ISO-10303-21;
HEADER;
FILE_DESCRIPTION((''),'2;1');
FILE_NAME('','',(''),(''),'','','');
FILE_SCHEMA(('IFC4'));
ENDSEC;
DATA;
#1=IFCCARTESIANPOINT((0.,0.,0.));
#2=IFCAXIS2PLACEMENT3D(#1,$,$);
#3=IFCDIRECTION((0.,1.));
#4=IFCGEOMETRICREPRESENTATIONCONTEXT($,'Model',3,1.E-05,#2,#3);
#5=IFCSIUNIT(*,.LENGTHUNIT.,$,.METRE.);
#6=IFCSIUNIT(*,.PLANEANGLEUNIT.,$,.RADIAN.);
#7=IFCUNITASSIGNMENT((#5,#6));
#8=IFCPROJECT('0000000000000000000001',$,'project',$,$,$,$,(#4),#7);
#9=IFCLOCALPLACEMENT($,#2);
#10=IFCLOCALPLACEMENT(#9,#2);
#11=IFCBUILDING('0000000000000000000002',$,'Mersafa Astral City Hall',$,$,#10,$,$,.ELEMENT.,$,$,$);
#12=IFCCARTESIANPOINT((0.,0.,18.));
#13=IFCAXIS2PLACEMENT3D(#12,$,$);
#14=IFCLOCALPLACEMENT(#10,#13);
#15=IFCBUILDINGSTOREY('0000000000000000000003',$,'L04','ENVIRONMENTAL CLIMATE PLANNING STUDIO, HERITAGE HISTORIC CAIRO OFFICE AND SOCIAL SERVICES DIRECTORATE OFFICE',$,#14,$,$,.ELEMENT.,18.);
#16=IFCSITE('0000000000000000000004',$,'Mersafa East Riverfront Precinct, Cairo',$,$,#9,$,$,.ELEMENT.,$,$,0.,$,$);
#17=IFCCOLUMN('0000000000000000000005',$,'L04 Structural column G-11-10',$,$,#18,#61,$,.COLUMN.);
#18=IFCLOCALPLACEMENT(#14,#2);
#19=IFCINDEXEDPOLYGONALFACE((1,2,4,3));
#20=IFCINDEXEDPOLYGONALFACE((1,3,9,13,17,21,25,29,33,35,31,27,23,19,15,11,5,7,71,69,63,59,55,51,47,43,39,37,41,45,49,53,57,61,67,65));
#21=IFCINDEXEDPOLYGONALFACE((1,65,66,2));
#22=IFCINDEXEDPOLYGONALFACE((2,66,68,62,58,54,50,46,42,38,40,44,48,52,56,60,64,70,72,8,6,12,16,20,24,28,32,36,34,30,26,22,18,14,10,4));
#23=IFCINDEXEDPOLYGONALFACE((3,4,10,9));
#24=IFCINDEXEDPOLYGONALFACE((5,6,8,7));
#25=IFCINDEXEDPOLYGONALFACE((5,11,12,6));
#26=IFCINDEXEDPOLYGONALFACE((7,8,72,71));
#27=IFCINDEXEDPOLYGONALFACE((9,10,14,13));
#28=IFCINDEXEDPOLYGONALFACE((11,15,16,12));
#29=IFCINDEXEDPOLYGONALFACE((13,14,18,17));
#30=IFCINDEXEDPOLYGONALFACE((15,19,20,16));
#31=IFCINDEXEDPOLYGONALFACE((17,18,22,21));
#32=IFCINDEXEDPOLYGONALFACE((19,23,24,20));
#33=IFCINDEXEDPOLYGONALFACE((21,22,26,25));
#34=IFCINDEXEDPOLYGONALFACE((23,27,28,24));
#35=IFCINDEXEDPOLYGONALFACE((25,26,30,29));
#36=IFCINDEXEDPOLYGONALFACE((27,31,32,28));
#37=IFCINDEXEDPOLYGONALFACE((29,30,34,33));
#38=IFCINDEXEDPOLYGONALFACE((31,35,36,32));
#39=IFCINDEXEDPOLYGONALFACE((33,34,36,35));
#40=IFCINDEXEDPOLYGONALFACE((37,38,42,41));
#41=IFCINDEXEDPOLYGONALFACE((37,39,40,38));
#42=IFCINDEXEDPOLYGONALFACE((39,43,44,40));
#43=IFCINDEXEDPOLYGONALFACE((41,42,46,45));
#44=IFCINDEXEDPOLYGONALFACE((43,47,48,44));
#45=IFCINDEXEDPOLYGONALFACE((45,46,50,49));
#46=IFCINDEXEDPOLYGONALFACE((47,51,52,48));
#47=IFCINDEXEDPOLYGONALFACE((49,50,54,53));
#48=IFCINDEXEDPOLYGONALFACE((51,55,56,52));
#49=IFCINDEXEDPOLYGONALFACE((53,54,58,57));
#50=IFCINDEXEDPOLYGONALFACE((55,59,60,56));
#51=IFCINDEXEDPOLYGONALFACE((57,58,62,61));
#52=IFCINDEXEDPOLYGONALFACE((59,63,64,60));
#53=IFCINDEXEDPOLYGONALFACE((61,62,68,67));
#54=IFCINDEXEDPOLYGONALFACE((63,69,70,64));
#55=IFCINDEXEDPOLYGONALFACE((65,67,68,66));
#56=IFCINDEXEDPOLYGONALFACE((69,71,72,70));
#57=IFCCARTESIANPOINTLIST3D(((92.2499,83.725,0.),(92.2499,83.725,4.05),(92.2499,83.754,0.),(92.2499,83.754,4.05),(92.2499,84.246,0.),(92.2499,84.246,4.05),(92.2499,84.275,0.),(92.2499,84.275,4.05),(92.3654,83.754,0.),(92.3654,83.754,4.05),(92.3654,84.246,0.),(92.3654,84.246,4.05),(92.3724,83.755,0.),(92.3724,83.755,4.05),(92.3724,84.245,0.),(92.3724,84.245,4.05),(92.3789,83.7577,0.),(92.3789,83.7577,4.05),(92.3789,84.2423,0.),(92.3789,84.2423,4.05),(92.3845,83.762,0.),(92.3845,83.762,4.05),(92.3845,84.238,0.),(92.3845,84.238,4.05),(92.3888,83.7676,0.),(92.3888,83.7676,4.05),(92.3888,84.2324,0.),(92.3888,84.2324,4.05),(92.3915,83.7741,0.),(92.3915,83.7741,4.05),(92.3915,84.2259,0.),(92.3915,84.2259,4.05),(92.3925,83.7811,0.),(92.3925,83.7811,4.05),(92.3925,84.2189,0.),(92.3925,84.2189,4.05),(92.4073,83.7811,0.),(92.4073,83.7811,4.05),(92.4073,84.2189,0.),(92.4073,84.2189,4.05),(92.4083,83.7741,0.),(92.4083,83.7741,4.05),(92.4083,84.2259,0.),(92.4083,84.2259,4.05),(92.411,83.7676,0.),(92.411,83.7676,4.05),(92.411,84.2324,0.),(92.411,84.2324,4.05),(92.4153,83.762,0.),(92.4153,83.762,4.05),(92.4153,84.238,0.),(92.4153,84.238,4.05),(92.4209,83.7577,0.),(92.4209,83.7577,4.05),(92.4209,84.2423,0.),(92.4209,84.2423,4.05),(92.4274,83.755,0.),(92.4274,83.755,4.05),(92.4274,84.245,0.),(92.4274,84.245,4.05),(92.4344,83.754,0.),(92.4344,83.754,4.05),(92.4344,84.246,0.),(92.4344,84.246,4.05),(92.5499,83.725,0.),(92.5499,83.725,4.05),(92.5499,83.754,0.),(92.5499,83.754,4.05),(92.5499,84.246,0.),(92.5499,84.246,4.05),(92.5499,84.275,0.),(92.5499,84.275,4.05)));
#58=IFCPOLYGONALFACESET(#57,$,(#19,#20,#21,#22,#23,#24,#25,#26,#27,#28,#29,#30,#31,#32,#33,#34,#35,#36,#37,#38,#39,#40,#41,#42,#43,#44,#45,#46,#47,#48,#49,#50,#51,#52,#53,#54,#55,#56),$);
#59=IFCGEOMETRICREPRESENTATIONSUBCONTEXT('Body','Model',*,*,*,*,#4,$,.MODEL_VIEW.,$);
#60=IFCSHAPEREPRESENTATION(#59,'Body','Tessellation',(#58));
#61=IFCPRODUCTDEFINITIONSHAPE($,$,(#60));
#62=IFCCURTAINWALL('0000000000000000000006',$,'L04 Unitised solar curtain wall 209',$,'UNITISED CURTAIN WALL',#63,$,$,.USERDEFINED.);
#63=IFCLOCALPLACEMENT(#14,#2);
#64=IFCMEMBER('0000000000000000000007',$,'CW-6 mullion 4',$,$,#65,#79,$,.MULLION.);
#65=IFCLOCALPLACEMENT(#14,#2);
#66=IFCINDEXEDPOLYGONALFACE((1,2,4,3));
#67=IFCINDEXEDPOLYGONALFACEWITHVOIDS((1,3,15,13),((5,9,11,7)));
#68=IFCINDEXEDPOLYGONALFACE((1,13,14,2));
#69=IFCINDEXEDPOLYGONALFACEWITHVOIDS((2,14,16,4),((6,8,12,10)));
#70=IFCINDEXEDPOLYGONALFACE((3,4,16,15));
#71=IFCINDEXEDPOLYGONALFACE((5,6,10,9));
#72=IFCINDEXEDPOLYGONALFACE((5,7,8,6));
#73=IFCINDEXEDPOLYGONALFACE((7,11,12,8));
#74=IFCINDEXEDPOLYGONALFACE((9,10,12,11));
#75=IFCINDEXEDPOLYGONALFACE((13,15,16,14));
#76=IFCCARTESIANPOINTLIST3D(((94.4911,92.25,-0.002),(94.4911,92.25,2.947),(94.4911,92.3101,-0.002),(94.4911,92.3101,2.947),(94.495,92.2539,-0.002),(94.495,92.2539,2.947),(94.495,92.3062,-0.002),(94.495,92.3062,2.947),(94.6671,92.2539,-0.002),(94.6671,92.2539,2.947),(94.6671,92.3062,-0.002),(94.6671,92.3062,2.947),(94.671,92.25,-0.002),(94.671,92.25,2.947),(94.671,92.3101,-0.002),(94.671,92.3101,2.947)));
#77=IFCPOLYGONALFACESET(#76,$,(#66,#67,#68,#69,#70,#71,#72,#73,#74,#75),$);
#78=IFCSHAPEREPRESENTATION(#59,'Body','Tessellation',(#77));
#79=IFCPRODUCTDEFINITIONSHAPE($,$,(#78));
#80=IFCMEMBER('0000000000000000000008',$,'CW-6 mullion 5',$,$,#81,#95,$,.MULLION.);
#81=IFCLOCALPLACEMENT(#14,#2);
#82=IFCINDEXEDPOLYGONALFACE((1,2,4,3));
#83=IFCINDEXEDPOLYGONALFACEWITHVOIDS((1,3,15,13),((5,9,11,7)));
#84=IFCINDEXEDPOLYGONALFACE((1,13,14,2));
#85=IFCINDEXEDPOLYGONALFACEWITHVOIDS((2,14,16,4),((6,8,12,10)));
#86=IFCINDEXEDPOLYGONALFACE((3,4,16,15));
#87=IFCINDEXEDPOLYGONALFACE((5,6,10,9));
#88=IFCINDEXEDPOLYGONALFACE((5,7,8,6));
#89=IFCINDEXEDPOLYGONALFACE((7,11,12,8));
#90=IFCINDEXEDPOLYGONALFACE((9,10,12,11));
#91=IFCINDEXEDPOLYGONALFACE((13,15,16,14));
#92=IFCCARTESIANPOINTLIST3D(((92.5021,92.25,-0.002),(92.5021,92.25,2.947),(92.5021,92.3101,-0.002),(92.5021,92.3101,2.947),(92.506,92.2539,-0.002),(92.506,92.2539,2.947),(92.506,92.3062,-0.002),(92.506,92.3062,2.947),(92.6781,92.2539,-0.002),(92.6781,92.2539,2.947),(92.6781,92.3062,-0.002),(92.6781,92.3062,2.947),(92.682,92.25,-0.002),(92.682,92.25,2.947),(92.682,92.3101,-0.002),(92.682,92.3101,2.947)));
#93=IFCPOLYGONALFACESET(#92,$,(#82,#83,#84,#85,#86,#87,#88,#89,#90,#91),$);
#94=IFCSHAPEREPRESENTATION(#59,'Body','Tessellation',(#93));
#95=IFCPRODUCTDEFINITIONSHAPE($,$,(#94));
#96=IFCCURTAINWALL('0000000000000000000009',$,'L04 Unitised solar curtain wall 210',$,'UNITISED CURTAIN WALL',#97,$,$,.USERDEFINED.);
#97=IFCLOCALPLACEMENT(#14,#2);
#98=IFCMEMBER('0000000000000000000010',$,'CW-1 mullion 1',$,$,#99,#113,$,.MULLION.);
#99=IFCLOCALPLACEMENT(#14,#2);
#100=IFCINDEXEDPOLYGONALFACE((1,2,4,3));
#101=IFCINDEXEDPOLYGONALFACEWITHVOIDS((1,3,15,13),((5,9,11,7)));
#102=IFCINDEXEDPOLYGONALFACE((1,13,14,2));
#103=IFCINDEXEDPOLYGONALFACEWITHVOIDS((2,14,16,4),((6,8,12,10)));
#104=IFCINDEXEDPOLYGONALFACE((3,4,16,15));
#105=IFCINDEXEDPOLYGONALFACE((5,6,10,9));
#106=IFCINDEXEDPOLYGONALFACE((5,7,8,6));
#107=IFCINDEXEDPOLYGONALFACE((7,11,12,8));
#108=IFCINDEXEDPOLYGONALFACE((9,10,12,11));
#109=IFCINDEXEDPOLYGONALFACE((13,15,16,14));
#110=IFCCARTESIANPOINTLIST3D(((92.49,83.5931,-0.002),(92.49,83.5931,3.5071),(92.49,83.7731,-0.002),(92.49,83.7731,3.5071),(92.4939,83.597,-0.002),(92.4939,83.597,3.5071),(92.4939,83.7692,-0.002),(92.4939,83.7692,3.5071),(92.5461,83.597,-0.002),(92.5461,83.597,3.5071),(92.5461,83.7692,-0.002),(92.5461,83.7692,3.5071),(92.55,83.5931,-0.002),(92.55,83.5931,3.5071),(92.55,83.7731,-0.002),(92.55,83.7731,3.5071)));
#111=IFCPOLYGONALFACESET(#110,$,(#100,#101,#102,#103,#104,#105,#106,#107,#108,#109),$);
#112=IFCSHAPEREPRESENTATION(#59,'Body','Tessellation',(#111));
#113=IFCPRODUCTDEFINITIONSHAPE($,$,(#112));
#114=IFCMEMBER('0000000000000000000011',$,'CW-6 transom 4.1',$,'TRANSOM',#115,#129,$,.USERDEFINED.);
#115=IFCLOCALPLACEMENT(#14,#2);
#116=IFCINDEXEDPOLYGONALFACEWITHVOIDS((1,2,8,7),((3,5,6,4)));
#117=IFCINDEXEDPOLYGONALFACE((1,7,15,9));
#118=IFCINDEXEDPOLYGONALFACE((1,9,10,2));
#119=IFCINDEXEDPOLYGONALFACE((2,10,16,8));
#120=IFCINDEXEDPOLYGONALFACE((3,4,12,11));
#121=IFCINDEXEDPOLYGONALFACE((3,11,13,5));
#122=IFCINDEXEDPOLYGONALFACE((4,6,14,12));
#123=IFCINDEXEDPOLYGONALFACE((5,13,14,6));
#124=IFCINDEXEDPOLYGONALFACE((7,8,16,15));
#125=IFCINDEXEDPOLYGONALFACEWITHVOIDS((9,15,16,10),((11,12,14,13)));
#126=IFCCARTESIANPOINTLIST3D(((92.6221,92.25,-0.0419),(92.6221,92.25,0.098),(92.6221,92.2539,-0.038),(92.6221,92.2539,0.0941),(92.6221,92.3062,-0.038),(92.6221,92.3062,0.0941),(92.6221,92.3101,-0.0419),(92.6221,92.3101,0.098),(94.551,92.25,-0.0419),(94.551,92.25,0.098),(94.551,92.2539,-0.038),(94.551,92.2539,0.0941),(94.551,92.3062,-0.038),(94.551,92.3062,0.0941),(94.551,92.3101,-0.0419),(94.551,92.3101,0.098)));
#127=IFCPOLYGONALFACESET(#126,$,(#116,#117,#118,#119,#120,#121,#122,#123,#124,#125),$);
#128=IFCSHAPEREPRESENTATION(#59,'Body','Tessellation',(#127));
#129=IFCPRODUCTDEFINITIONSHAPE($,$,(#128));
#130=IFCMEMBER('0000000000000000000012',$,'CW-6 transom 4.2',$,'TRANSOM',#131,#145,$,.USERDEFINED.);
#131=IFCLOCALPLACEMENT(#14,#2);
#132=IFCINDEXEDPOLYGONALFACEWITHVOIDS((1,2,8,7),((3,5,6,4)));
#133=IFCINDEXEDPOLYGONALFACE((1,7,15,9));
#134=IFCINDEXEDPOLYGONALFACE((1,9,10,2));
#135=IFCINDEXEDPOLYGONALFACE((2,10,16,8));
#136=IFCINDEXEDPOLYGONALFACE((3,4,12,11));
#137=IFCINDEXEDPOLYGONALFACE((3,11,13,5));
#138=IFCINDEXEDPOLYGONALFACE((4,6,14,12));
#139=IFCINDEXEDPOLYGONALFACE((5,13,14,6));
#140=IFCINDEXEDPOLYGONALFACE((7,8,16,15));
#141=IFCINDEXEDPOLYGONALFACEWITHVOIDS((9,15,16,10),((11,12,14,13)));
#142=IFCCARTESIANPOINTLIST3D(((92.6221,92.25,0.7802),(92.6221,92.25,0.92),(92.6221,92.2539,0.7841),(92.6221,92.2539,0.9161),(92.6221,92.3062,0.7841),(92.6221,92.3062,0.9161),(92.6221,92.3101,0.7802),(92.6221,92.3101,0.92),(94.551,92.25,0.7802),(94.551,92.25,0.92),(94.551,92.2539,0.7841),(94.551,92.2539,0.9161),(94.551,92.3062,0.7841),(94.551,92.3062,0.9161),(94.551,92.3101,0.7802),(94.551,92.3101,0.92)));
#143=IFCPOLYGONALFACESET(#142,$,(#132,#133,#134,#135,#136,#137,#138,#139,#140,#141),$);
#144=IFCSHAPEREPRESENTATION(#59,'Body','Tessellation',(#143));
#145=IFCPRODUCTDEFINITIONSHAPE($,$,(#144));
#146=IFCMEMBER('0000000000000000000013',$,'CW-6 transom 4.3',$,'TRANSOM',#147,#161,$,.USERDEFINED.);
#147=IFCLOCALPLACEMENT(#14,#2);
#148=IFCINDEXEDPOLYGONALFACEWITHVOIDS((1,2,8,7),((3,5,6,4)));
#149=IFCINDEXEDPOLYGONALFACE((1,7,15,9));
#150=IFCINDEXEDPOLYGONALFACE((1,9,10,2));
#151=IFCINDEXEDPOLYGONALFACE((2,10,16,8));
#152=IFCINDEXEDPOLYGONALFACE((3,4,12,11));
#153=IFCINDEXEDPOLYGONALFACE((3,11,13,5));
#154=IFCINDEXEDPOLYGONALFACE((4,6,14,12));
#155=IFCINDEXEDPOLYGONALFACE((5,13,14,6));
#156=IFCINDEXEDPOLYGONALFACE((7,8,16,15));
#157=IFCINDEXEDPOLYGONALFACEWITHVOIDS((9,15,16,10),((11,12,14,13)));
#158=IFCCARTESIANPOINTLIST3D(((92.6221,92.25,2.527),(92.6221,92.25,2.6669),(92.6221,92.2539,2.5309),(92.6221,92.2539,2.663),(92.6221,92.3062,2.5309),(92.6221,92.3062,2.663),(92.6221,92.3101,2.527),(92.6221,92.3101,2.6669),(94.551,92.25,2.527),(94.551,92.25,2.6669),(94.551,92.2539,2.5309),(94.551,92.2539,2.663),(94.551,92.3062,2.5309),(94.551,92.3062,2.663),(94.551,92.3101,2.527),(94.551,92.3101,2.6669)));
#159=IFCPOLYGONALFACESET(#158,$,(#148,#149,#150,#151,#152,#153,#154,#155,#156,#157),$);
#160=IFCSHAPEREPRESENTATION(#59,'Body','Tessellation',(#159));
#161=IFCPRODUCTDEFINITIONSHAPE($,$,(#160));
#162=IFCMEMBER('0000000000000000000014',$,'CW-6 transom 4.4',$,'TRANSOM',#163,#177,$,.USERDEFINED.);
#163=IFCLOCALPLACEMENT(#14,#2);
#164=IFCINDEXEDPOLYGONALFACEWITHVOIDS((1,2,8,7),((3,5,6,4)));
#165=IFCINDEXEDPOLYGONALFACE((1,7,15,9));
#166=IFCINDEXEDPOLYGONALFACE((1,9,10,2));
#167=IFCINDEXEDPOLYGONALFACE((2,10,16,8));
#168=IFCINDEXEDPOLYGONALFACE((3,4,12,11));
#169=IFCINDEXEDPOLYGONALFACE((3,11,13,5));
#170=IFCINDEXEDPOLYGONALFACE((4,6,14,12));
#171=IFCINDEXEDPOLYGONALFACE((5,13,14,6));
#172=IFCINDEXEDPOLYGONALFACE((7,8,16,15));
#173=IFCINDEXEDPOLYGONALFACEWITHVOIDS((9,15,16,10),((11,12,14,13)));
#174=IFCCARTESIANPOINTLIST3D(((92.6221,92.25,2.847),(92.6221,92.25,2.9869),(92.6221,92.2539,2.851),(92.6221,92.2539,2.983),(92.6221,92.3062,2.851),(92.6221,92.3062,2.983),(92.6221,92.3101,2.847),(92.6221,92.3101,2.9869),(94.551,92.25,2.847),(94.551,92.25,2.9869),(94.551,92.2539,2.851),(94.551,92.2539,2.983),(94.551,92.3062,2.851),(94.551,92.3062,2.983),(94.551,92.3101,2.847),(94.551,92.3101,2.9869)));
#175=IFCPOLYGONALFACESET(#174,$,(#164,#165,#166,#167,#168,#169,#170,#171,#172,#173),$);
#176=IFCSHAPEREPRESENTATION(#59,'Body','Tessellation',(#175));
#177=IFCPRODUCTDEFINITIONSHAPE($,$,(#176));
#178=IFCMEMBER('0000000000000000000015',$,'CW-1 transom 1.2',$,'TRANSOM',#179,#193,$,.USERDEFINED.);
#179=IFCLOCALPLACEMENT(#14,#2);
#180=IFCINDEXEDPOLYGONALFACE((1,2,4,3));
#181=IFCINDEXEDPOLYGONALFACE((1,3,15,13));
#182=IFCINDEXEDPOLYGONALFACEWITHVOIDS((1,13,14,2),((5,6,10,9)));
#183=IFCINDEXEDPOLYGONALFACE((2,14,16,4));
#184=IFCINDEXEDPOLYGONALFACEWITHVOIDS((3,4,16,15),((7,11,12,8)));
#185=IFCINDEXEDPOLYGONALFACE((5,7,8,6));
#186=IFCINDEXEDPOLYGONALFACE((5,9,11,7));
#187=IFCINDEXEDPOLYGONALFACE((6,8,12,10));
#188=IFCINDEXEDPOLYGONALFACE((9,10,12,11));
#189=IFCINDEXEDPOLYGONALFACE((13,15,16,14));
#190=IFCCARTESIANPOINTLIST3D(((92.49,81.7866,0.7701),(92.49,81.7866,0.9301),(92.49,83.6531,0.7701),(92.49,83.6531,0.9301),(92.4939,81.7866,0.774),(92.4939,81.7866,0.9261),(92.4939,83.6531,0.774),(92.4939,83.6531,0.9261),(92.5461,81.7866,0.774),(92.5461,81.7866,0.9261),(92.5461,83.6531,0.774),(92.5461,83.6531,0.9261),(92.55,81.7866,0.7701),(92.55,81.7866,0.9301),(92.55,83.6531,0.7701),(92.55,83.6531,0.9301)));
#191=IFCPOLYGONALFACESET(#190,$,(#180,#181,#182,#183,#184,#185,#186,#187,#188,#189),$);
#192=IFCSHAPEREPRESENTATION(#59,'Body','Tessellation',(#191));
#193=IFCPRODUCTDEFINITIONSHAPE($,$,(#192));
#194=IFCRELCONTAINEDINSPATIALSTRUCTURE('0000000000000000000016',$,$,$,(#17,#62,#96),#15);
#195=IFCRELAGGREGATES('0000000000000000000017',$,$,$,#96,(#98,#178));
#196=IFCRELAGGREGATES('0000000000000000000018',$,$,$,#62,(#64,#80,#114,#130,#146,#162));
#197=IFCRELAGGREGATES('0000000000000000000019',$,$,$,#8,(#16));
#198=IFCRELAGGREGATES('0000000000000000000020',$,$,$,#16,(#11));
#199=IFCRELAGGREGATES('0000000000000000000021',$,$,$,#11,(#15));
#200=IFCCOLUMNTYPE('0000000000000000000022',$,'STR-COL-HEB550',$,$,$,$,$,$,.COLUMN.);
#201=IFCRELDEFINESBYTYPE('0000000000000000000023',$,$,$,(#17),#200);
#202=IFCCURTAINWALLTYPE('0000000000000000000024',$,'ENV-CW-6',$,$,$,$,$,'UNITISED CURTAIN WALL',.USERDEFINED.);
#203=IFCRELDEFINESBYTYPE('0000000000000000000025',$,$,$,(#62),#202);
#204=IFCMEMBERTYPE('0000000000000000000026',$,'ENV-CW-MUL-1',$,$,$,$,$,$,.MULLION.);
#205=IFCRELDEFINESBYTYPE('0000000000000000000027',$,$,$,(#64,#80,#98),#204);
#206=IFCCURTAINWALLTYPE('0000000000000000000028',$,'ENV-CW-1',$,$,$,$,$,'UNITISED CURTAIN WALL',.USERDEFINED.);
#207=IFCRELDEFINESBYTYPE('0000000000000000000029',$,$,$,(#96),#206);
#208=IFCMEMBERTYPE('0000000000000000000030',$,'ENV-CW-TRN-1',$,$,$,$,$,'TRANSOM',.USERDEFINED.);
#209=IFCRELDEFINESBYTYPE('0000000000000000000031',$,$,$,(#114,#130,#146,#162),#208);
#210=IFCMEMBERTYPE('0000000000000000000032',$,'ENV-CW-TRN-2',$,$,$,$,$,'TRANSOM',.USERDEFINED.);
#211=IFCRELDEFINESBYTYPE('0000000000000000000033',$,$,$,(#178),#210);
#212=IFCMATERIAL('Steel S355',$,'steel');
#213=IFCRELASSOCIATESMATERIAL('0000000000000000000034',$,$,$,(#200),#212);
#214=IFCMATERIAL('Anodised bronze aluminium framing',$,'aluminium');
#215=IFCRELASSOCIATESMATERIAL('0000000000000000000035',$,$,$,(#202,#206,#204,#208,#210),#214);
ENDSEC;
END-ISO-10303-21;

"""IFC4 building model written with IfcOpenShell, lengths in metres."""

from ifc_helpers import new_model, si_unit, direction, frame, origin, origin_2d, place, context, subcontext, project, spatial, hollow_rectangle, i_section, extrude, material, material_profile, profile_set, type_object, element, aggregate, save


model = new_model("IFC4")

# Units and contexts
model_context = context("Model", 3, precision=1e-05, world=origin(), true_north=direction((0.0, 1.0)))
body_context = subcontext(model_context, "Body", "Model", "MODEL_VIEW")
ifc_project = project(units=[si_unit("LENGTHUNIT", "METRE"), si_unit("PLANEANGLEUNIT", "RADIAN")], contexts=[model_context])

# Site, building, storey
site_placement = place(None, origin())
site = spatial("IfcSite", under=ifc_project, at=site_placement, Name="Mersafa East Riverfront Precinct, Cairo", CompositionType="ELEMENT", RefElevation=0.0)
building_placement = place(site_placement, origin())
building = spatial("IfcBuilding", under=site, at=building_placement, Name="Mersafa Astral City Hall", CompositionType="ELEMENT")
storey_placement = place(building_placement, frame((0.0, 0.0, 18.0)))
storey = spatial("IfcBuildingStorey", under=building, at=storey_placement, Name="L04", Description="ENVIRONMENTAL CLIMATE PLANNING STUDIO, HERITAGE HISTORIC CAIRO OFFICE AND SOCIAL SERVICES DIRECTORATE OFFICE", CompositionType="ELEMENT", Elevation=18.0)

# Column
ifc_material_1 = material(Name="Steel S355", Category="steel")
ifc_material_profile_1 = material_profile(ifc_material_1, i_section(OverallWidth=0.3, OverallDepth=0.55, WebThickness=0.0149, FlangeThickness=0.0291, FilletRadius=0.0271, at=origin_2d()), Name="HEB 550")
ifc_profile_set_1 = profile_set([ifc_material_profile_1], Name="Steel S355")
column_type = type_object("IfcColumnType", Name="STR-COL-HEB550", PredefinedType="COLUMN", material=ifc_profile_set_1)
column_placement = place(storey_placement, frame((92.3999, 84.0, 0.0), z_axis=(0.0, 0.0, 1.0), x_axis=(1.0, 0.0, 0.0)))
element("IfcColumn", 1, at=column_placement, inside=storey, type_object=column_type, Name="L04 Structural column G-11-10", PredefinedType="COLUMN", context=body_context, shape_type="SweptSolid", body=[
    extrude(i_section(OverallWidth=0.3, OverallDepth=0.55, WebThickness=0.0149, FlangeThickness=0.0291, FilletRadius=0.0271, at=origin_2d()), origin(), (0.0, 0.0, 1.0), 4.05),
])

# Curtain wall, members
ifc_material_2 = material(Name="Anodised bronze aluminium framing", Category="aluminium")
curtain_wall_type_1 = type_object("IfcCurtainWallType", Name="ENV-CW-6", ElementType="UNITISED CURTAIN WALL", PredefinedType="USERDEFINED", material=ifc_material_2)
curtain_wall_1_placement = place(storey_placement, origin())
curtain_wall_1 = element("IfcCurtainWall", 2, at=curtain_wall_1_placement, inside=storey, type_object=curtain_wall_type_1, Name="L04 Unitised solar curtain wall 209", ObjectType="UNITISED CURTAIN WALL", PredefinedType="USERDEFINED")
ifc_material_profile_2 = material_profile(ifc_material_2, hollow_rectangle(XDim=0.0601, YDim=0.1799, WallThickness=0.0039, at=origin_2d()), Name="RHS 60x180x4")
ifc_profile_set_2 = profile_set([ifc_material_profile_2], Name="Anodised bronze aluminium framing")
member_type_1 = type_object("IfcMemberType", Name="ENV-CW-MUL-1", PredefinedType="MULLION", material=ifc_profile_set_2)
member_1_placement = place(storey_placement, frame((94.5811, 92.28, -0.002), z_axis=(0.0, 0.0, 1.0), x_axis=(0.0, -1.0, 0.0)))
member_1 = element("IfcMember", 3, at=member_1_placement, type_object=member_type_1, Name="CW-6 mullion 4", PredefinedType="MULLION", context=body_context, shape_type="SweptSolid", body=[
    extrude(hollow_rectangle(XDim=0.0601, YDim=0.1799, WallThickness=0.0039, at=origin_2d()), origin(), (0.0, 0.0, 1.0), 2.949),
])
member_2_placement = place(storey_placement, frame((92.592, 92.28, -0.002), z_axis=(0.0, 0.0, 1.0), x_axis=(0.0, -1.0, 0.0)))
member_2 = element("IfcMember", 4, at=member_2_placement, type_object=member_type_1, Name="CW-6 mullion 5", PredefinedType="MULLION", context=body_context, shape_type="SweptSolid", body=[
    extrude(hollow_rectangle(XDim=0.0601, YDim=0.1799, WallThickness=0.0039, at=origin_2d()), origin(), (0.0, 0.0, 1.0), 2.949),
])

# Curtain wall, member
curtain_wall_type_2 = type_object("IfcCurtainWallType", Name="ENV-CW-1", ElementType="UNITISED CURTAIN WALL", PredefinedType="USERDEFINED", material=ifc_material_2)
curtain_wall_2_placement = place(storey_placement, origin())
curtain_wall_2 = element("IfcCurtainWall", 5, at=curtain_wall_2_placement, inside=storey, type_object=curtain_wall_type_2, Name="L04 Unitised solar curtain wall 210", ObjectType="UNITISED CURTAIN WALL", PredefinedType="USERDEFINED")
member_3_placement = place(storey_placement, frame((92.52, 83.6831, -0.002), z_axis=(0.0, 0.0, 1.0), x_axis=(1.0, 0.0, 0.0)))
member_3 = element("IfcMember", 6, at=member_3_placement, type_object=member_type_1, Name="CW-1 mullion 1", PredefinedType="MULLION", context=body_context, shape_type="SweptSolid", body=[
    extrude(hollow_rectangle(XDim=0.0601, YDim=0.1799, WallThickness=0.0039, at=origin_2d()), origin(), (0.0, 0.0, 1.0), 3.509),
])

# Members
ifc_material_profile_3 = material_profile(ifc_material_2, hollow_rectangle(XDim=0.0601, YDim=0.1399, WallThickness=0.0039, at=origin_2d()), Name="RHS 60x140x4")
ifc_profile_set_3 = profile_set([ifc_material_profile_3], Name="Anodised bronze aluminium framing")
member_type_2 = type_object("IfcMemberType", Name="ENV-CW-TRN-1", ElementType="TRANSOM", PredefinedType="USERDEFINED", material=ifc_profile_set_3)
member_4_placement = place(storey_placement, frame((94.551, 92.28, 0.0281), z_axis=(-1.0, 0.0, 0.0), x_axis=(0.0, -1.0, 0.0)))
member_4 = element("IfcMember", 7, at=member_4_placement, type_object=member_type_2, Name="CW-6 transom 4.1", ObjectType="TRANSOM", PredefinedType="USERDEFINED", context=body_context, shape_type="SweptSolid", body=[
    extrude(hollow_rectangle(XDim=0.0601, YDim=0.1399, WallThickness=0.0039, at=origin_2d()), origin(), (0.0, 0.0, 1.0), 1.929),
])
member_5_placement = place(storey_placement, frame((94.551, 92.28, 0.8501), z_axis=(-1.0, 0.0, 0.0), x_axis=(0.0, -1.0, 0.0)))
member_5 = element("IfcMember", 8, at=member_5_placement, type_object=member_type_2, Name="CW-6 transom 4.2", ObjectType="TRANSOM", PredefinedType="USERDEFINED", context=body_context, shape_type="SweptSolid", body=[
    extrude(hollow_rectangle(XDim=0.0601, YDim=0.1399, WallThickness=0.0039, at=origin_2d()), origin(), (0.0, 0.0, 1.0), 1.929),
])
member_6_placement = place(storey_placement, frame((94.551, 92.28, 2.5969), z_axis=(-1.0, 0.0, 0.0), x_axis=(0.0, -1.0, 0.0)))
member_6 = element("IfcMember", 9, at=member_6_placement, type_object=member_type_2, Name="CW-6 transom 4.3", ObjectType="TRANSOM", PredefinedType="USERDEFINED", context=body_context, shape_type="SweptSolid", body=[
    extrude(hollow_rectangle(XDim=0.0601, YDim=0.1399, WallThickness=0.0039, at=origin_2d()), origin(), (0.0, 0.0, 1.0), 1.929),
])
member_7_placement = place(storey_placement, frame((94.551, 92.28, 2.917), z_axis=(-1.0, 0.0, 0.0), x_axis=(0.0, -1.0, 0.0)))
member_7 = element("IfcMember", 10, at=member_7_placement, type_object=member_type_2, Name="CW-6 transom 4.4", ObjectType="TRANSOM", PredefinedType="USERDEFINED", context=body_context, shape_type="SweptSolid", body=[
    extrude(hollow_rectangle(XDim=0.0601, YDim=0.1399, WallThickness=0.0039, at=origin_2d()), origin(), (0.0, 0.0, 1.0), 1.929),
])
ifc_material_profile_4 = material_profile(ifc_material_2, hollow_rectangle(XDim=0.0601, YDim=0.1599, WallThickness=0.0039, at=origin_2d()), Name="RHS 60x160x4")
ifc_profile_set_4 = profile_set([ifc_material_profile_4], Name="Anodised bronze aluminium framing")
member_type_3 = type_object("IfcMemberType", Name="ENV-CW-TRN-2", ElementType="TRANSOM", PredefinedType="USERDEFINED", material=ifc_profile_set_4)
member_8_placement = place(storey_placement, frame((92.52, 83.6531, 0.8501), z_axis=(0.0, -1.0, 0.0), x_axis=(1.0, 0.0, 0.0)))
member_8 = element("IfcMember", 11, at=member_8_placement, type_object=member_type_3, Name="CW-1 transom 1.2", ObjectType="TRANSOM", PredefinedType="USERDEFINED", context=body_context, shape_type="SweptSolid", body=[
    extrude(hollow_rectangle(XDim=0.0601, YDim=0.1599, WallThickness=0.0039, at=origin_2d()), origin(), (0.0, 0.0, 1.0), 1.8665),
])
aggregate(curtain_wall_2, [member_3, member_8])

aggregate(curtain_wall_1, [member_1, member_2, member_4, member_5, member_6, member_7])

save(model, "model.ifc")
